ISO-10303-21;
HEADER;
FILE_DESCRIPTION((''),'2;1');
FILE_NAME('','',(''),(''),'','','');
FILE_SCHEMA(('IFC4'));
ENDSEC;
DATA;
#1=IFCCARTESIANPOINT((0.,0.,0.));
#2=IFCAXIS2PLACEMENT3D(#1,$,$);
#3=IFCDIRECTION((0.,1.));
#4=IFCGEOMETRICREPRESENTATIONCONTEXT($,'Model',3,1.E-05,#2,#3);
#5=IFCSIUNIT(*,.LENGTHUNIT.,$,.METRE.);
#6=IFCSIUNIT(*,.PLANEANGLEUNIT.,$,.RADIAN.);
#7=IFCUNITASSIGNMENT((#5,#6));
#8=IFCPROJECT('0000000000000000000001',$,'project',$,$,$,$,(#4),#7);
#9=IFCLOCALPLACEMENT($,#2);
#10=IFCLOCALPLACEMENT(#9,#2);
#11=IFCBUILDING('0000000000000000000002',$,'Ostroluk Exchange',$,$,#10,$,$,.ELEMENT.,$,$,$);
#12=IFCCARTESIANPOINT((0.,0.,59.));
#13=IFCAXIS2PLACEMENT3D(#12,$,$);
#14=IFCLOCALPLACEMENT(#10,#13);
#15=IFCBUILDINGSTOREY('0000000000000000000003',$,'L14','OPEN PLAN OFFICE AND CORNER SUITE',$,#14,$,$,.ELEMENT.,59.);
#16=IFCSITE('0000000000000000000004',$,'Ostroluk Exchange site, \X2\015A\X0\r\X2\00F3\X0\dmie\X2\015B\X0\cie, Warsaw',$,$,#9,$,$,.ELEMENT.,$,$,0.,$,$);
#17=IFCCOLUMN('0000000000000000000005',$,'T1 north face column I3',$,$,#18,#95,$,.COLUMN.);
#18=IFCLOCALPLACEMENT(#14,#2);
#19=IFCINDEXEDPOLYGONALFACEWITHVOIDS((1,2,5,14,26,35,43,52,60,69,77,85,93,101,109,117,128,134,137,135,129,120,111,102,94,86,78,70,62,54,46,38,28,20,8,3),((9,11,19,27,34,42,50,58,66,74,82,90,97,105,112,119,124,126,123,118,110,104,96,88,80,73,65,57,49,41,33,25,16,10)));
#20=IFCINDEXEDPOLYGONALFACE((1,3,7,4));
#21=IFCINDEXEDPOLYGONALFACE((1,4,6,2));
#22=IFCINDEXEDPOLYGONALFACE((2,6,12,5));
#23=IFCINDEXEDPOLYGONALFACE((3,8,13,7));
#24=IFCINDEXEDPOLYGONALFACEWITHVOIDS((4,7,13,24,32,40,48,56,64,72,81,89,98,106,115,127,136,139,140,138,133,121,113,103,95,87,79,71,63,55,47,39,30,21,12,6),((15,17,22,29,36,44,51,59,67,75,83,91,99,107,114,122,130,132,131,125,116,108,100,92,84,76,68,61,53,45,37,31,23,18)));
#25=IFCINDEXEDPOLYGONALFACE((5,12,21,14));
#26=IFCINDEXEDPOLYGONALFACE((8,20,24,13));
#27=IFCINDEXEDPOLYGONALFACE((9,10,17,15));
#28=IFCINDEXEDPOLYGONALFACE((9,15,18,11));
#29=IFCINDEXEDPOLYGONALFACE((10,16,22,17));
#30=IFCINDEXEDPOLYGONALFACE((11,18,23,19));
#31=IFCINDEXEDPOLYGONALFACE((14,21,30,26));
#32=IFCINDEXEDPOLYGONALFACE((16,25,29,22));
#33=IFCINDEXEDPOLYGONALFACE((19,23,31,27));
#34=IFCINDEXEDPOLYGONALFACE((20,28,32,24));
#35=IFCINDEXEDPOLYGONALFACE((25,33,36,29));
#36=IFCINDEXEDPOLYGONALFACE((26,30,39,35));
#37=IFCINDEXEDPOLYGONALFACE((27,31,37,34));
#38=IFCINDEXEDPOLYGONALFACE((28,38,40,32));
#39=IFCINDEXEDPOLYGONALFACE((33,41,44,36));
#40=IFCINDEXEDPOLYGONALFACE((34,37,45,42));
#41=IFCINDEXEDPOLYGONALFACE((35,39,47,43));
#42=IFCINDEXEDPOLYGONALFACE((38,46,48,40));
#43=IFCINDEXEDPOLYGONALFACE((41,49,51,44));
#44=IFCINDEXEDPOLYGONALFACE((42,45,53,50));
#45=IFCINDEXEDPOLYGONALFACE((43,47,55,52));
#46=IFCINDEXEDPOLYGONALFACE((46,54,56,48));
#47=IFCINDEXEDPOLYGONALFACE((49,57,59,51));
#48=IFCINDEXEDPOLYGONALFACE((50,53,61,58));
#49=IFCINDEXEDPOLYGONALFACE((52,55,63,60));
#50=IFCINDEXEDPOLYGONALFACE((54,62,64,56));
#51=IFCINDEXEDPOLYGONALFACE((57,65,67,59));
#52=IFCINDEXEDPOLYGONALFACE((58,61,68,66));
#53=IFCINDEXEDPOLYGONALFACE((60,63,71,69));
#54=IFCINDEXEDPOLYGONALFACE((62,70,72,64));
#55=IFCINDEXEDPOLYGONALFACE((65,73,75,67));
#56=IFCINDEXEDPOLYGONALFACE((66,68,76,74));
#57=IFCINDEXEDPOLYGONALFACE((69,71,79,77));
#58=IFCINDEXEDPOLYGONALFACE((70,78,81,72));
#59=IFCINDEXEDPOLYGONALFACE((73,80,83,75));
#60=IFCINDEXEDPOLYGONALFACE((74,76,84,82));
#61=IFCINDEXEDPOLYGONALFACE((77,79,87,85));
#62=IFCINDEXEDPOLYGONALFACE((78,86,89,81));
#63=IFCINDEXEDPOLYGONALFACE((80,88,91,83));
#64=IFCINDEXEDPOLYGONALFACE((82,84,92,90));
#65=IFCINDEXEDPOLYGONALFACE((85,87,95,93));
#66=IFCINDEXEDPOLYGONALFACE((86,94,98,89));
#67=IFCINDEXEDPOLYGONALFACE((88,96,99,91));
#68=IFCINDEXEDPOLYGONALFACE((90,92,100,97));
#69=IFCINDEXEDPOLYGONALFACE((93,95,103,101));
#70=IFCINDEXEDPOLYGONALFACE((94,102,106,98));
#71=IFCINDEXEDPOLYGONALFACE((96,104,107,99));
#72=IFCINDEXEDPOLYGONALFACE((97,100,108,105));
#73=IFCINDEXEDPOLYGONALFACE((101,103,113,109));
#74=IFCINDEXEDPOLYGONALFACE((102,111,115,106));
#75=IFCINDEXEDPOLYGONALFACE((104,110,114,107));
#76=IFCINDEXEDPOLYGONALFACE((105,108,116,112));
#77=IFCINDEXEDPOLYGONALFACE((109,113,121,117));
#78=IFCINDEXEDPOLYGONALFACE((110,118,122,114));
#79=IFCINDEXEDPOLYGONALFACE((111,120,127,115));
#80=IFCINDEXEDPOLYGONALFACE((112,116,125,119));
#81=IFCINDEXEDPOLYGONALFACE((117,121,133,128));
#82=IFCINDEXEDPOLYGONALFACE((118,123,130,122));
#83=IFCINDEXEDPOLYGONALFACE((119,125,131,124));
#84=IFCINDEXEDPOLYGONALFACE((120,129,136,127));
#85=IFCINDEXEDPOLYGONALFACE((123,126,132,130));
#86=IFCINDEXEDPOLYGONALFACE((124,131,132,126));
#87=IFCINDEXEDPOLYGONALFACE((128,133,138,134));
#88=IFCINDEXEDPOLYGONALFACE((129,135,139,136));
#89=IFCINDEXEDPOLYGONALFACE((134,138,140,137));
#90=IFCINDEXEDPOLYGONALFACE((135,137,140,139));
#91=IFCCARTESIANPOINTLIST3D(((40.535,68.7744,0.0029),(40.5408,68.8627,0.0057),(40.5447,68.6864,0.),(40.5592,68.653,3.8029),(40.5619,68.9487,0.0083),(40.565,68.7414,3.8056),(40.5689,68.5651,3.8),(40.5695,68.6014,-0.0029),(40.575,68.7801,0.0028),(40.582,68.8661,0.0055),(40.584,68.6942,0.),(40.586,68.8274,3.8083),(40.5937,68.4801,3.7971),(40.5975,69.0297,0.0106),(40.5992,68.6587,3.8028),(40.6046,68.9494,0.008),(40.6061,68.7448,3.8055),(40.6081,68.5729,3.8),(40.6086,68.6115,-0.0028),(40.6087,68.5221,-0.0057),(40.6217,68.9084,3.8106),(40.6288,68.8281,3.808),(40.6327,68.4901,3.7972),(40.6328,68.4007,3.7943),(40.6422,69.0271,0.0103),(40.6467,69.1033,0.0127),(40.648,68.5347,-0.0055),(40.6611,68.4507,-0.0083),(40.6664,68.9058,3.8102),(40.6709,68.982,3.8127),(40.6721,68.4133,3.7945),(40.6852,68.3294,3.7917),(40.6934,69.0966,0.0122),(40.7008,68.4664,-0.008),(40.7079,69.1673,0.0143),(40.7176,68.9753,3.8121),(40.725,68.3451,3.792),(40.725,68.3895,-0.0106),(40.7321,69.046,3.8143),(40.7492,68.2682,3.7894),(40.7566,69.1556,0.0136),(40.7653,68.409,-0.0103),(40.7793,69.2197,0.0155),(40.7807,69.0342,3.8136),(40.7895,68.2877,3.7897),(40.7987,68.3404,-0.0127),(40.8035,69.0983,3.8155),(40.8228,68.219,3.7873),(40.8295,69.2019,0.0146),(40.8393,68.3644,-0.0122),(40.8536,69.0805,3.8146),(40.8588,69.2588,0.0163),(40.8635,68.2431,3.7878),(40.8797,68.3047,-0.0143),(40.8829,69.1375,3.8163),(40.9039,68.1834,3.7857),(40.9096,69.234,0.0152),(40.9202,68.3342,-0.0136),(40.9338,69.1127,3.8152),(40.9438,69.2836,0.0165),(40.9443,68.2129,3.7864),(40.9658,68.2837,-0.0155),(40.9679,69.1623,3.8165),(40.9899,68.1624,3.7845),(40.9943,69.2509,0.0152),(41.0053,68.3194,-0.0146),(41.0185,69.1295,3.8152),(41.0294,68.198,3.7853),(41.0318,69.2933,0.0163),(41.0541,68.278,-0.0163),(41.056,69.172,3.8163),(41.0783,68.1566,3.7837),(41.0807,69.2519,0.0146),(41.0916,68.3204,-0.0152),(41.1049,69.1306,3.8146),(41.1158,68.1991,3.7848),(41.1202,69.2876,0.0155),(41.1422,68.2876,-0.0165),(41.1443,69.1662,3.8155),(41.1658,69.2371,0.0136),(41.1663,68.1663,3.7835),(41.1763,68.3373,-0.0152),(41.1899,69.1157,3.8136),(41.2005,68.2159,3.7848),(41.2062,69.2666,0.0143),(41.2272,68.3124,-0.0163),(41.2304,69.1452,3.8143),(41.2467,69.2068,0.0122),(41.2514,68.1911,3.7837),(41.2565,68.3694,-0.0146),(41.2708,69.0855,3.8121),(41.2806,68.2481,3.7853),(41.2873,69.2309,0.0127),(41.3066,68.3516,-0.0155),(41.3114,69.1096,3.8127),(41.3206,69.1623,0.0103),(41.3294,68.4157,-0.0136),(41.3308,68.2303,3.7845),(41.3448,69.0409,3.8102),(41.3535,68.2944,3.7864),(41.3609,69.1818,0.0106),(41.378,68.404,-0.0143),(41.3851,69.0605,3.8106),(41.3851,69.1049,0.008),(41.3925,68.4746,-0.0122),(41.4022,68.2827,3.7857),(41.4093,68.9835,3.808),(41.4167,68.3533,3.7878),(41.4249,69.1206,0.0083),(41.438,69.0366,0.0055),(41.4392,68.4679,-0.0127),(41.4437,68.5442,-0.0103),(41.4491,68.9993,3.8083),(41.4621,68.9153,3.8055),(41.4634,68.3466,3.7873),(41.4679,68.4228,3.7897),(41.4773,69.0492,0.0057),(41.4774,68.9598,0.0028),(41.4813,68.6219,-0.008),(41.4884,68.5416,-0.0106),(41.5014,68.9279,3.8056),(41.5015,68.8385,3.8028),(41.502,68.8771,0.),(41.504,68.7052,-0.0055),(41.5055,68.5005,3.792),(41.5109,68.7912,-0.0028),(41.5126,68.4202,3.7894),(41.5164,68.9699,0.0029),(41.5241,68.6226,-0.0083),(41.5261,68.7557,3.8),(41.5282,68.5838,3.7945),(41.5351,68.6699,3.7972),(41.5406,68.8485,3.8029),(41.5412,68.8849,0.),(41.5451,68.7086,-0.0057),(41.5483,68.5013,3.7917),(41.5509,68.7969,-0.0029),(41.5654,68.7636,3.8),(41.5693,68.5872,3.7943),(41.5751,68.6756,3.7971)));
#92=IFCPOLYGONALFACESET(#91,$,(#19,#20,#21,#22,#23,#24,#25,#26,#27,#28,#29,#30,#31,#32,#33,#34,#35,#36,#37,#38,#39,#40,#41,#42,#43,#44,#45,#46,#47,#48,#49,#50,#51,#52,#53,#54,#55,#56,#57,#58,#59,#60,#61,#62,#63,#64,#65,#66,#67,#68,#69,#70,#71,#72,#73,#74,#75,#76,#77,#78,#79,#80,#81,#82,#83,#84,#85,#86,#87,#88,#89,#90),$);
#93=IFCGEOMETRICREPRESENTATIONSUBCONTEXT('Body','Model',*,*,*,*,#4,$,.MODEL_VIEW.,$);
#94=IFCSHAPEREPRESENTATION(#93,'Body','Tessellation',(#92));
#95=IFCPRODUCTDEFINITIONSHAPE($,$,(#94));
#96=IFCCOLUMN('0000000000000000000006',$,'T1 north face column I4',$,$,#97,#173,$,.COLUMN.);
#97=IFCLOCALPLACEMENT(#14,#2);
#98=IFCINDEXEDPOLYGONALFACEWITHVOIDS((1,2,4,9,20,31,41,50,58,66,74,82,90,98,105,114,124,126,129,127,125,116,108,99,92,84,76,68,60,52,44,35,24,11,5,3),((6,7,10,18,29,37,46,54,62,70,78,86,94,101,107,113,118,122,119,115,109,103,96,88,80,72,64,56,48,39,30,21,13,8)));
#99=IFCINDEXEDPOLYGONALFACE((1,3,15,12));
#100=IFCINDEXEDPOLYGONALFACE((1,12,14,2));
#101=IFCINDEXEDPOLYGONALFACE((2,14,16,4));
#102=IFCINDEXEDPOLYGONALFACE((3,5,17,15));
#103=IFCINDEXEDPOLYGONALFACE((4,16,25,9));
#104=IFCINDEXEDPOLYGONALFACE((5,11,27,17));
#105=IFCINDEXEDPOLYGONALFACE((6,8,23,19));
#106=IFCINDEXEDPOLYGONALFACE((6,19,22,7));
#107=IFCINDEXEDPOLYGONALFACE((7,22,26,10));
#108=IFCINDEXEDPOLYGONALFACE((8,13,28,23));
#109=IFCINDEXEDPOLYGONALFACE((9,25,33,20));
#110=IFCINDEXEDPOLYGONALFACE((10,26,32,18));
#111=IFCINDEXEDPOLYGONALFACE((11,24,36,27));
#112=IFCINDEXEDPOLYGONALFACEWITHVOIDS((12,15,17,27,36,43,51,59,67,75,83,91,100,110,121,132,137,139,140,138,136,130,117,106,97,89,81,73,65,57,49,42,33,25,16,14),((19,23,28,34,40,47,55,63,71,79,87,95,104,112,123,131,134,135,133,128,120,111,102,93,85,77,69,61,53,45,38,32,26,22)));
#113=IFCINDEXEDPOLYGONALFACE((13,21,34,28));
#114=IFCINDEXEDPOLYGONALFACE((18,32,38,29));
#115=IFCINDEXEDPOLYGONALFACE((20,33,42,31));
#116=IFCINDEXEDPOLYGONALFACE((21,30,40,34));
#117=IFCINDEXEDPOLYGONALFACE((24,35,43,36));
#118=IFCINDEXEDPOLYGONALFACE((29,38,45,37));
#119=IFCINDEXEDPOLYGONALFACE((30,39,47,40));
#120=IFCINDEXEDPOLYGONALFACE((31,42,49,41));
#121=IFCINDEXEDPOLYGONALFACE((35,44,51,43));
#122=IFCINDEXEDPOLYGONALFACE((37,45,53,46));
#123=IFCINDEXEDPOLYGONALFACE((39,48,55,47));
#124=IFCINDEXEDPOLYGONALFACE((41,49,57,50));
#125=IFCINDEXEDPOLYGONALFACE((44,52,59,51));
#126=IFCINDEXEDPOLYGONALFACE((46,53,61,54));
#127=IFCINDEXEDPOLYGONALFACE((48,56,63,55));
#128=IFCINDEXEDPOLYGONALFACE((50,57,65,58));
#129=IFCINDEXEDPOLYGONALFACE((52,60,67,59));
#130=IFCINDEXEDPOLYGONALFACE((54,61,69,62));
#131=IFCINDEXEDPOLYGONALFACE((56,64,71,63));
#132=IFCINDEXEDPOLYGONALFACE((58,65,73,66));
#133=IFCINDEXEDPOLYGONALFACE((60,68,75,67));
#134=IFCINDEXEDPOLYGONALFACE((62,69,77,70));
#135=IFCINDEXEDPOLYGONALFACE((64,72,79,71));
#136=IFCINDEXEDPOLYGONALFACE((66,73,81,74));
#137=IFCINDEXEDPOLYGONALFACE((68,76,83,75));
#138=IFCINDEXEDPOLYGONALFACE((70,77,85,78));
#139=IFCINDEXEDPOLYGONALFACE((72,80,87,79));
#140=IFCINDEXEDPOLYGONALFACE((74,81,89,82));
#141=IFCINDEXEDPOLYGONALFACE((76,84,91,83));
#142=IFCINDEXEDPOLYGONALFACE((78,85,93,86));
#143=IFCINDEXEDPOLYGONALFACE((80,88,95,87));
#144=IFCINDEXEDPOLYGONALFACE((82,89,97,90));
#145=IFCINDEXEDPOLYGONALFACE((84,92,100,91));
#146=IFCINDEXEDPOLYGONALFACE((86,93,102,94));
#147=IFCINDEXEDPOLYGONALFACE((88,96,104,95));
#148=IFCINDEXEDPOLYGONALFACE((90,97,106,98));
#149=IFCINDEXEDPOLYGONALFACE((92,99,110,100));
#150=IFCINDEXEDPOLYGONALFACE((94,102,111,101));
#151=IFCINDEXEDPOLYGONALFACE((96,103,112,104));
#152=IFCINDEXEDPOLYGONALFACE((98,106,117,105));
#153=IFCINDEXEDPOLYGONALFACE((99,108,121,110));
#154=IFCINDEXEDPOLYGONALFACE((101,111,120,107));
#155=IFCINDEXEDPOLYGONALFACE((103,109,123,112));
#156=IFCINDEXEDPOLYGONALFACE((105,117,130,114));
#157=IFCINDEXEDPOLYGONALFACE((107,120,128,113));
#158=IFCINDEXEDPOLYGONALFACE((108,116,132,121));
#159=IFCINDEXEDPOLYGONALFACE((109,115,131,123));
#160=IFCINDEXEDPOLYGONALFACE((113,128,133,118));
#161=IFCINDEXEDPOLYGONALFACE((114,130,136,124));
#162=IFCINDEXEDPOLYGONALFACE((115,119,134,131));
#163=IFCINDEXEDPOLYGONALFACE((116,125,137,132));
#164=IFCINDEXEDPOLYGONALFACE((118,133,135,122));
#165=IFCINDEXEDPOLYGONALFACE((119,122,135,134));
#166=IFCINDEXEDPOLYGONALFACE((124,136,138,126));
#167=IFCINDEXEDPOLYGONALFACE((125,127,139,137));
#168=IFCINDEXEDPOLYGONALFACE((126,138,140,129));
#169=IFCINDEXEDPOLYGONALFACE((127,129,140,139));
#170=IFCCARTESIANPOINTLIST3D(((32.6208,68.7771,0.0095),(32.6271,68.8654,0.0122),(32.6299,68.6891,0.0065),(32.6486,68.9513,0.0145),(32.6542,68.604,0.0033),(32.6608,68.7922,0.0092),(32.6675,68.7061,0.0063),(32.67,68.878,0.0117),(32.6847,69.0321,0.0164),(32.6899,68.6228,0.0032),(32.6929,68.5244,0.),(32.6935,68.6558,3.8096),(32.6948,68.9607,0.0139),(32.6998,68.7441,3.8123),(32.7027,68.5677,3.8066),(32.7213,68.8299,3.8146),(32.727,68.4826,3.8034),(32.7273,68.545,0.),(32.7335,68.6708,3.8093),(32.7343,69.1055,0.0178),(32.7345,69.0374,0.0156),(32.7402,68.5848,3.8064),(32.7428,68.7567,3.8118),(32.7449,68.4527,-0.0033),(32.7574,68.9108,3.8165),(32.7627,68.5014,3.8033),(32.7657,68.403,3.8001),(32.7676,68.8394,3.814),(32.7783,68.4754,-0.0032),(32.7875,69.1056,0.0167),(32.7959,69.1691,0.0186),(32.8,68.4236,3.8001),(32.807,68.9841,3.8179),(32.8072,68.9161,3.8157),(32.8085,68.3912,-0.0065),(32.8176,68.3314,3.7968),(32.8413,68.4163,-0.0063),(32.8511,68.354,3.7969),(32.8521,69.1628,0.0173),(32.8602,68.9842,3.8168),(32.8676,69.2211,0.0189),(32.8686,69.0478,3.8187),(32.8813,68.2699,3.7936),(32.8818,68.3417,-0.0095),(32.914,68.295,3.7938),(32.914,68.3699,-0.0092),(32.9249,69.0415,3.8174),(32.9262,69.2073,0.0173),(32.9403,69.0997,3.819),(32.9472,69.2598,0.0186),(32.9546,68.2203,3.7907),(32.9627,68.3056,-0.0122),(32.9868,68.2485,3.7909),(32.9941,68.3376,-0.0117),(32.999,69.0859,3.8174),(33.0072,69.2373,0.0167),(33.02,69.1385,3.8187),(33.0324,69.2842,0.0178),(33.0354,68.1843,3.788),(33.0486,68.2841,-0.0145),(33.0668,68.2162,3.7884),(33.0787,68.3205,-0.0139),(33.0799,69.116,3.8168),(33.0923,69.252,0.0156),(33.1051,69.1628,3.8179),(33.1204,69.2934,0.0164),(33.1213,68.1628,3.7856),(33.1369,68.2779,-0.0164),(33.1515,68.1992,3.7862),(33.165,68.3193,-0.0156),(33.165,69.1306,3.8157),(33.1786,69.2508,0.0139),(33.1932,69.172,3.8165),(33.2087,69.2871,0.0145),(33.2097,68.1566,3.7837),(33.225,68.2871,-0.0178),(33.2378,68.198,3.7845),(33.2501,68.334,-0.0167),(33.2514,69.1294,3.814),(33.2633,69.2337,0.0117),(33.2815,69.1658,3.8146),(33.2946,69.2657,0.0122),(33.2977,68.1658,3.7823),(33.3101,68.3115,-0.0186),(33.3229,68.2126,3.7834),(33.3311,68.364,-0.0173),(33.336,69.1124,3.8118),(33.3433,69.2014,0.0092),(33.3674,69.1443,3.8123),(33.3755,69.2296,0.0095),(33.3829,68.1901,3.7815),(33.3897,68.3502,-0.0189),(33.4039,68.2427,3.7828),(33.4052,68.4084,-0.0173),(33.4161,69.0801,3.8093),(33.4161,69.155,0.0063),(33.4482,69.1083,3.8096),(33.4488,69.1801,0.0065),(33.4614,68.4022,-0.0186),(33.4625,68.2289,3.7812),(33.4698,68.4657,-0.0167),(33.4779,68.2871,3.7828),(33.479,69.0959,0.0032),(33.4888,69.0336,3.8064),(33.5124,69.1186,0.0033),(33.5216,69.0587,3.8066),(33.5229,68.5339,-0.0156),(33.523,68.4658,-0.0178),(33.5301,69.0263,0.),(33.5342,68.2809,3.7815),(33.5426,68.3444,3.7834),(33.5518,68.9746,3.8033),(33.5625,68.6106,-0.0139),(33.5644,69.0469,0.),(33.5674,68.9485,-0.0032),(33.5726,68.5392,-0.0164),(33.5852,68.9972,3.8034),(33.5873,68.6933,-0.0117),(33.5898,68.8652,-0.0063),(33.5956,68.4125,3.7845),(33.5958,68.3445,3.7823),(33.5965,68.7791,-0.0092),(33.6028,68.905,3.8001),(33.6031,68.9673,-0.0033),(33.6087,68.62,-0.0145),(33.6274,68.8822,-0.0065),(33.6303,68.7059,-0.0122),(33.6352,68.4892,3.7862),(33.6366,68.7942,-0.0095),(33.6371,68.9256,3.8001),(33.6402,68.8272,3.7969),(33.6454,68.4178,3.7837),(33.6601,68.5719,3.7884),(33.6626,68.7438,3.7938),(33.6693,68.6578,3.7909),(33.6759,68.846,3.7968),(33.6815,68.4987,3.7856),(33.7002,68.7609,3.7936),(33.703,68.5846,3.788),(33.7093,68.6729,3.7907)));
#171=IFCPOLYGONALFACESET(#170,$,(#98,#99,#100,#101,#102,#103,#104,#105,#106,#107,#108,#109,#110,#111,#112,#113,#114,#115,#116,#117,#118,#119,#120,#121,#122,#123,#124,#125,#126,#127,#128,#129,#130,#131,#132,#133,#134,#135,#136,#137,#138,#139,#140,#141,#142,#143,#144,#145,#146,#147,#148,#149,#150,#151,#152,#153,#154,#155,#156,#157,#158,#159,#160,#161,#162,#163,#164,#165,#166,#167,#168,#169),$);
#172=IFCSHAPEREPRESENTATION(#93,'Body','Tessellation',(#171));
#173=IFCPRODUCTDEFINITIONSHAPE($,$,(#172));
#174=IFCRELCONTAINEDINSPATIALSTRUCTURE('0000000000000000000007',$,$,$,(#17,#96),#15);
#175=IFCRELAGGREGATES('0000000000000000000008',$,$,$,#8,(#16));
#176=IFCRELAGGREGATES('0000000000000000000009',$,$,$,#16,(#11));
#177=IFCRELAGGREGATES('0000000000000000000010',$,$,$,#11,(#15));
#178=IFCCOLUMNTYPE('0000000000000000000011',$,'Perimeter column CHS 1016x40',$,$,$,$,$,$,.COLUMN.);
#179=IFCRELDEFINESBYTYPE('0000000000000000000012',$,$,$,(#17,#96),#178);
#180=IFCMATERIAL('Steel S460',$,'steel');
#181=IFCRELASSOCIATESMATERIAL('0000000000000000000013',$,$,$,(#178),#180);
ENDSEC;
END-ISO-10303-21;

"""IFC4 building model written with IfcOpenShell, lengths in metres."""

from ifc_helpers import new_model, si_unit, direction, frame, origin, origin_2d, place, context, subcontext, project, spatial, hollow_circle, extrude, material, material_profile, profile_set, type_object, element, save


model = new_model("IFC4")

# Units and contexts
model_context = context("Model", 3, precision=1e-05, world=origin(), true_north=direction((0.0, 1.0)))
body_context = subcontext(model_context, "Body", "Model", "MODEL_VIEW")
ifc_project = project(units=[si_unit("LENGTHUNIT", "METRE"), si_unit("PLANEANGLEUNIT", "RADIAN")], contexts=[model_context])

# Site, building, storey
site_placement = place(None, origin())
site = spatial("IfcSite", under=ifc_project, at=site_placement, Name="Ostroluk Exchange site, Śródmieście, Warsaw", CompositionType="ELEMENT", RefElevation=0.0)
building_placement = place(site_placement, origin())
building = spatial("IfcBuilding", under=site, at=building_placement, Name="Ostroluk Exchange", CompositionType="ELEMENT")
storey_placement = place(building_placement, frame((0.0, 0.0, 59.0)))
storey = spatial("IfcBuildingStorey", under=building, at=storey_placement, Name="L14", Description="OPEN PLAN OFFICE AND CORNER SUITE", CompositionType="ELEMENT", Elevation=59.0)

# Columns
ifc_material_1 = material(Name="Steel S460", Category="steel")
ifc_material_profile_1 = material_profile(ifc_material_1, hollow_circle(Radius=0.5081, WallThickness=0.04, at=origin_2d()), Name="CHS 1016x40")
ifc_profile_set_1 = profile_set([ifc_material_profile_1], Name="Steel S460")
column_type = type_object("IfcColumnType", Name="Perimeter column CHS 1016x40", PredefinedType="COLUMN", material=ifc_profile_set_1)
column_1_placement = place(storey_placement, frame((41.043, 68.7856, 0.0), z_axis=(0.006357, -0.031914, 0.99947), x_axis=(0.980732, 0.195357, 0.0)))
element("IfcColumn", 1, at=column_1_placement, inside=storey, type_object=column_type, Name="T1 north face column I3", PredefinedType="COLUMN", context=body_context, shape_type="SweptSolid", body=[
    extrude(hollow_circle(Radius=0.5081, WallThickness=0.04, at=origin_2d()), origin(), (0.0, 0.0, 1.0), 3.802),
])
column_2_placement = place(storey_placement, frame((33.1287, 68.7856, 0.0), z_axis=(0.019132, -0.031909, 0.999308), x_axis=(0.857645, 0.514242, 0.0)))
element("IfcColumn", 2, at=column_2_placement, inside=storey, type_object=column_type, Name="T1 north face column I4", PredefinedType="COLUMN", context=body_context, shape_type="SweptSolid", body=[
    extrude(hollow_circle(Radius=0.5081, WallThickness=0.04, at=origin_2d()), origin(), (0.0, 0.0, 1.0), 3.8027),
])

save(model, "model.ifc")
